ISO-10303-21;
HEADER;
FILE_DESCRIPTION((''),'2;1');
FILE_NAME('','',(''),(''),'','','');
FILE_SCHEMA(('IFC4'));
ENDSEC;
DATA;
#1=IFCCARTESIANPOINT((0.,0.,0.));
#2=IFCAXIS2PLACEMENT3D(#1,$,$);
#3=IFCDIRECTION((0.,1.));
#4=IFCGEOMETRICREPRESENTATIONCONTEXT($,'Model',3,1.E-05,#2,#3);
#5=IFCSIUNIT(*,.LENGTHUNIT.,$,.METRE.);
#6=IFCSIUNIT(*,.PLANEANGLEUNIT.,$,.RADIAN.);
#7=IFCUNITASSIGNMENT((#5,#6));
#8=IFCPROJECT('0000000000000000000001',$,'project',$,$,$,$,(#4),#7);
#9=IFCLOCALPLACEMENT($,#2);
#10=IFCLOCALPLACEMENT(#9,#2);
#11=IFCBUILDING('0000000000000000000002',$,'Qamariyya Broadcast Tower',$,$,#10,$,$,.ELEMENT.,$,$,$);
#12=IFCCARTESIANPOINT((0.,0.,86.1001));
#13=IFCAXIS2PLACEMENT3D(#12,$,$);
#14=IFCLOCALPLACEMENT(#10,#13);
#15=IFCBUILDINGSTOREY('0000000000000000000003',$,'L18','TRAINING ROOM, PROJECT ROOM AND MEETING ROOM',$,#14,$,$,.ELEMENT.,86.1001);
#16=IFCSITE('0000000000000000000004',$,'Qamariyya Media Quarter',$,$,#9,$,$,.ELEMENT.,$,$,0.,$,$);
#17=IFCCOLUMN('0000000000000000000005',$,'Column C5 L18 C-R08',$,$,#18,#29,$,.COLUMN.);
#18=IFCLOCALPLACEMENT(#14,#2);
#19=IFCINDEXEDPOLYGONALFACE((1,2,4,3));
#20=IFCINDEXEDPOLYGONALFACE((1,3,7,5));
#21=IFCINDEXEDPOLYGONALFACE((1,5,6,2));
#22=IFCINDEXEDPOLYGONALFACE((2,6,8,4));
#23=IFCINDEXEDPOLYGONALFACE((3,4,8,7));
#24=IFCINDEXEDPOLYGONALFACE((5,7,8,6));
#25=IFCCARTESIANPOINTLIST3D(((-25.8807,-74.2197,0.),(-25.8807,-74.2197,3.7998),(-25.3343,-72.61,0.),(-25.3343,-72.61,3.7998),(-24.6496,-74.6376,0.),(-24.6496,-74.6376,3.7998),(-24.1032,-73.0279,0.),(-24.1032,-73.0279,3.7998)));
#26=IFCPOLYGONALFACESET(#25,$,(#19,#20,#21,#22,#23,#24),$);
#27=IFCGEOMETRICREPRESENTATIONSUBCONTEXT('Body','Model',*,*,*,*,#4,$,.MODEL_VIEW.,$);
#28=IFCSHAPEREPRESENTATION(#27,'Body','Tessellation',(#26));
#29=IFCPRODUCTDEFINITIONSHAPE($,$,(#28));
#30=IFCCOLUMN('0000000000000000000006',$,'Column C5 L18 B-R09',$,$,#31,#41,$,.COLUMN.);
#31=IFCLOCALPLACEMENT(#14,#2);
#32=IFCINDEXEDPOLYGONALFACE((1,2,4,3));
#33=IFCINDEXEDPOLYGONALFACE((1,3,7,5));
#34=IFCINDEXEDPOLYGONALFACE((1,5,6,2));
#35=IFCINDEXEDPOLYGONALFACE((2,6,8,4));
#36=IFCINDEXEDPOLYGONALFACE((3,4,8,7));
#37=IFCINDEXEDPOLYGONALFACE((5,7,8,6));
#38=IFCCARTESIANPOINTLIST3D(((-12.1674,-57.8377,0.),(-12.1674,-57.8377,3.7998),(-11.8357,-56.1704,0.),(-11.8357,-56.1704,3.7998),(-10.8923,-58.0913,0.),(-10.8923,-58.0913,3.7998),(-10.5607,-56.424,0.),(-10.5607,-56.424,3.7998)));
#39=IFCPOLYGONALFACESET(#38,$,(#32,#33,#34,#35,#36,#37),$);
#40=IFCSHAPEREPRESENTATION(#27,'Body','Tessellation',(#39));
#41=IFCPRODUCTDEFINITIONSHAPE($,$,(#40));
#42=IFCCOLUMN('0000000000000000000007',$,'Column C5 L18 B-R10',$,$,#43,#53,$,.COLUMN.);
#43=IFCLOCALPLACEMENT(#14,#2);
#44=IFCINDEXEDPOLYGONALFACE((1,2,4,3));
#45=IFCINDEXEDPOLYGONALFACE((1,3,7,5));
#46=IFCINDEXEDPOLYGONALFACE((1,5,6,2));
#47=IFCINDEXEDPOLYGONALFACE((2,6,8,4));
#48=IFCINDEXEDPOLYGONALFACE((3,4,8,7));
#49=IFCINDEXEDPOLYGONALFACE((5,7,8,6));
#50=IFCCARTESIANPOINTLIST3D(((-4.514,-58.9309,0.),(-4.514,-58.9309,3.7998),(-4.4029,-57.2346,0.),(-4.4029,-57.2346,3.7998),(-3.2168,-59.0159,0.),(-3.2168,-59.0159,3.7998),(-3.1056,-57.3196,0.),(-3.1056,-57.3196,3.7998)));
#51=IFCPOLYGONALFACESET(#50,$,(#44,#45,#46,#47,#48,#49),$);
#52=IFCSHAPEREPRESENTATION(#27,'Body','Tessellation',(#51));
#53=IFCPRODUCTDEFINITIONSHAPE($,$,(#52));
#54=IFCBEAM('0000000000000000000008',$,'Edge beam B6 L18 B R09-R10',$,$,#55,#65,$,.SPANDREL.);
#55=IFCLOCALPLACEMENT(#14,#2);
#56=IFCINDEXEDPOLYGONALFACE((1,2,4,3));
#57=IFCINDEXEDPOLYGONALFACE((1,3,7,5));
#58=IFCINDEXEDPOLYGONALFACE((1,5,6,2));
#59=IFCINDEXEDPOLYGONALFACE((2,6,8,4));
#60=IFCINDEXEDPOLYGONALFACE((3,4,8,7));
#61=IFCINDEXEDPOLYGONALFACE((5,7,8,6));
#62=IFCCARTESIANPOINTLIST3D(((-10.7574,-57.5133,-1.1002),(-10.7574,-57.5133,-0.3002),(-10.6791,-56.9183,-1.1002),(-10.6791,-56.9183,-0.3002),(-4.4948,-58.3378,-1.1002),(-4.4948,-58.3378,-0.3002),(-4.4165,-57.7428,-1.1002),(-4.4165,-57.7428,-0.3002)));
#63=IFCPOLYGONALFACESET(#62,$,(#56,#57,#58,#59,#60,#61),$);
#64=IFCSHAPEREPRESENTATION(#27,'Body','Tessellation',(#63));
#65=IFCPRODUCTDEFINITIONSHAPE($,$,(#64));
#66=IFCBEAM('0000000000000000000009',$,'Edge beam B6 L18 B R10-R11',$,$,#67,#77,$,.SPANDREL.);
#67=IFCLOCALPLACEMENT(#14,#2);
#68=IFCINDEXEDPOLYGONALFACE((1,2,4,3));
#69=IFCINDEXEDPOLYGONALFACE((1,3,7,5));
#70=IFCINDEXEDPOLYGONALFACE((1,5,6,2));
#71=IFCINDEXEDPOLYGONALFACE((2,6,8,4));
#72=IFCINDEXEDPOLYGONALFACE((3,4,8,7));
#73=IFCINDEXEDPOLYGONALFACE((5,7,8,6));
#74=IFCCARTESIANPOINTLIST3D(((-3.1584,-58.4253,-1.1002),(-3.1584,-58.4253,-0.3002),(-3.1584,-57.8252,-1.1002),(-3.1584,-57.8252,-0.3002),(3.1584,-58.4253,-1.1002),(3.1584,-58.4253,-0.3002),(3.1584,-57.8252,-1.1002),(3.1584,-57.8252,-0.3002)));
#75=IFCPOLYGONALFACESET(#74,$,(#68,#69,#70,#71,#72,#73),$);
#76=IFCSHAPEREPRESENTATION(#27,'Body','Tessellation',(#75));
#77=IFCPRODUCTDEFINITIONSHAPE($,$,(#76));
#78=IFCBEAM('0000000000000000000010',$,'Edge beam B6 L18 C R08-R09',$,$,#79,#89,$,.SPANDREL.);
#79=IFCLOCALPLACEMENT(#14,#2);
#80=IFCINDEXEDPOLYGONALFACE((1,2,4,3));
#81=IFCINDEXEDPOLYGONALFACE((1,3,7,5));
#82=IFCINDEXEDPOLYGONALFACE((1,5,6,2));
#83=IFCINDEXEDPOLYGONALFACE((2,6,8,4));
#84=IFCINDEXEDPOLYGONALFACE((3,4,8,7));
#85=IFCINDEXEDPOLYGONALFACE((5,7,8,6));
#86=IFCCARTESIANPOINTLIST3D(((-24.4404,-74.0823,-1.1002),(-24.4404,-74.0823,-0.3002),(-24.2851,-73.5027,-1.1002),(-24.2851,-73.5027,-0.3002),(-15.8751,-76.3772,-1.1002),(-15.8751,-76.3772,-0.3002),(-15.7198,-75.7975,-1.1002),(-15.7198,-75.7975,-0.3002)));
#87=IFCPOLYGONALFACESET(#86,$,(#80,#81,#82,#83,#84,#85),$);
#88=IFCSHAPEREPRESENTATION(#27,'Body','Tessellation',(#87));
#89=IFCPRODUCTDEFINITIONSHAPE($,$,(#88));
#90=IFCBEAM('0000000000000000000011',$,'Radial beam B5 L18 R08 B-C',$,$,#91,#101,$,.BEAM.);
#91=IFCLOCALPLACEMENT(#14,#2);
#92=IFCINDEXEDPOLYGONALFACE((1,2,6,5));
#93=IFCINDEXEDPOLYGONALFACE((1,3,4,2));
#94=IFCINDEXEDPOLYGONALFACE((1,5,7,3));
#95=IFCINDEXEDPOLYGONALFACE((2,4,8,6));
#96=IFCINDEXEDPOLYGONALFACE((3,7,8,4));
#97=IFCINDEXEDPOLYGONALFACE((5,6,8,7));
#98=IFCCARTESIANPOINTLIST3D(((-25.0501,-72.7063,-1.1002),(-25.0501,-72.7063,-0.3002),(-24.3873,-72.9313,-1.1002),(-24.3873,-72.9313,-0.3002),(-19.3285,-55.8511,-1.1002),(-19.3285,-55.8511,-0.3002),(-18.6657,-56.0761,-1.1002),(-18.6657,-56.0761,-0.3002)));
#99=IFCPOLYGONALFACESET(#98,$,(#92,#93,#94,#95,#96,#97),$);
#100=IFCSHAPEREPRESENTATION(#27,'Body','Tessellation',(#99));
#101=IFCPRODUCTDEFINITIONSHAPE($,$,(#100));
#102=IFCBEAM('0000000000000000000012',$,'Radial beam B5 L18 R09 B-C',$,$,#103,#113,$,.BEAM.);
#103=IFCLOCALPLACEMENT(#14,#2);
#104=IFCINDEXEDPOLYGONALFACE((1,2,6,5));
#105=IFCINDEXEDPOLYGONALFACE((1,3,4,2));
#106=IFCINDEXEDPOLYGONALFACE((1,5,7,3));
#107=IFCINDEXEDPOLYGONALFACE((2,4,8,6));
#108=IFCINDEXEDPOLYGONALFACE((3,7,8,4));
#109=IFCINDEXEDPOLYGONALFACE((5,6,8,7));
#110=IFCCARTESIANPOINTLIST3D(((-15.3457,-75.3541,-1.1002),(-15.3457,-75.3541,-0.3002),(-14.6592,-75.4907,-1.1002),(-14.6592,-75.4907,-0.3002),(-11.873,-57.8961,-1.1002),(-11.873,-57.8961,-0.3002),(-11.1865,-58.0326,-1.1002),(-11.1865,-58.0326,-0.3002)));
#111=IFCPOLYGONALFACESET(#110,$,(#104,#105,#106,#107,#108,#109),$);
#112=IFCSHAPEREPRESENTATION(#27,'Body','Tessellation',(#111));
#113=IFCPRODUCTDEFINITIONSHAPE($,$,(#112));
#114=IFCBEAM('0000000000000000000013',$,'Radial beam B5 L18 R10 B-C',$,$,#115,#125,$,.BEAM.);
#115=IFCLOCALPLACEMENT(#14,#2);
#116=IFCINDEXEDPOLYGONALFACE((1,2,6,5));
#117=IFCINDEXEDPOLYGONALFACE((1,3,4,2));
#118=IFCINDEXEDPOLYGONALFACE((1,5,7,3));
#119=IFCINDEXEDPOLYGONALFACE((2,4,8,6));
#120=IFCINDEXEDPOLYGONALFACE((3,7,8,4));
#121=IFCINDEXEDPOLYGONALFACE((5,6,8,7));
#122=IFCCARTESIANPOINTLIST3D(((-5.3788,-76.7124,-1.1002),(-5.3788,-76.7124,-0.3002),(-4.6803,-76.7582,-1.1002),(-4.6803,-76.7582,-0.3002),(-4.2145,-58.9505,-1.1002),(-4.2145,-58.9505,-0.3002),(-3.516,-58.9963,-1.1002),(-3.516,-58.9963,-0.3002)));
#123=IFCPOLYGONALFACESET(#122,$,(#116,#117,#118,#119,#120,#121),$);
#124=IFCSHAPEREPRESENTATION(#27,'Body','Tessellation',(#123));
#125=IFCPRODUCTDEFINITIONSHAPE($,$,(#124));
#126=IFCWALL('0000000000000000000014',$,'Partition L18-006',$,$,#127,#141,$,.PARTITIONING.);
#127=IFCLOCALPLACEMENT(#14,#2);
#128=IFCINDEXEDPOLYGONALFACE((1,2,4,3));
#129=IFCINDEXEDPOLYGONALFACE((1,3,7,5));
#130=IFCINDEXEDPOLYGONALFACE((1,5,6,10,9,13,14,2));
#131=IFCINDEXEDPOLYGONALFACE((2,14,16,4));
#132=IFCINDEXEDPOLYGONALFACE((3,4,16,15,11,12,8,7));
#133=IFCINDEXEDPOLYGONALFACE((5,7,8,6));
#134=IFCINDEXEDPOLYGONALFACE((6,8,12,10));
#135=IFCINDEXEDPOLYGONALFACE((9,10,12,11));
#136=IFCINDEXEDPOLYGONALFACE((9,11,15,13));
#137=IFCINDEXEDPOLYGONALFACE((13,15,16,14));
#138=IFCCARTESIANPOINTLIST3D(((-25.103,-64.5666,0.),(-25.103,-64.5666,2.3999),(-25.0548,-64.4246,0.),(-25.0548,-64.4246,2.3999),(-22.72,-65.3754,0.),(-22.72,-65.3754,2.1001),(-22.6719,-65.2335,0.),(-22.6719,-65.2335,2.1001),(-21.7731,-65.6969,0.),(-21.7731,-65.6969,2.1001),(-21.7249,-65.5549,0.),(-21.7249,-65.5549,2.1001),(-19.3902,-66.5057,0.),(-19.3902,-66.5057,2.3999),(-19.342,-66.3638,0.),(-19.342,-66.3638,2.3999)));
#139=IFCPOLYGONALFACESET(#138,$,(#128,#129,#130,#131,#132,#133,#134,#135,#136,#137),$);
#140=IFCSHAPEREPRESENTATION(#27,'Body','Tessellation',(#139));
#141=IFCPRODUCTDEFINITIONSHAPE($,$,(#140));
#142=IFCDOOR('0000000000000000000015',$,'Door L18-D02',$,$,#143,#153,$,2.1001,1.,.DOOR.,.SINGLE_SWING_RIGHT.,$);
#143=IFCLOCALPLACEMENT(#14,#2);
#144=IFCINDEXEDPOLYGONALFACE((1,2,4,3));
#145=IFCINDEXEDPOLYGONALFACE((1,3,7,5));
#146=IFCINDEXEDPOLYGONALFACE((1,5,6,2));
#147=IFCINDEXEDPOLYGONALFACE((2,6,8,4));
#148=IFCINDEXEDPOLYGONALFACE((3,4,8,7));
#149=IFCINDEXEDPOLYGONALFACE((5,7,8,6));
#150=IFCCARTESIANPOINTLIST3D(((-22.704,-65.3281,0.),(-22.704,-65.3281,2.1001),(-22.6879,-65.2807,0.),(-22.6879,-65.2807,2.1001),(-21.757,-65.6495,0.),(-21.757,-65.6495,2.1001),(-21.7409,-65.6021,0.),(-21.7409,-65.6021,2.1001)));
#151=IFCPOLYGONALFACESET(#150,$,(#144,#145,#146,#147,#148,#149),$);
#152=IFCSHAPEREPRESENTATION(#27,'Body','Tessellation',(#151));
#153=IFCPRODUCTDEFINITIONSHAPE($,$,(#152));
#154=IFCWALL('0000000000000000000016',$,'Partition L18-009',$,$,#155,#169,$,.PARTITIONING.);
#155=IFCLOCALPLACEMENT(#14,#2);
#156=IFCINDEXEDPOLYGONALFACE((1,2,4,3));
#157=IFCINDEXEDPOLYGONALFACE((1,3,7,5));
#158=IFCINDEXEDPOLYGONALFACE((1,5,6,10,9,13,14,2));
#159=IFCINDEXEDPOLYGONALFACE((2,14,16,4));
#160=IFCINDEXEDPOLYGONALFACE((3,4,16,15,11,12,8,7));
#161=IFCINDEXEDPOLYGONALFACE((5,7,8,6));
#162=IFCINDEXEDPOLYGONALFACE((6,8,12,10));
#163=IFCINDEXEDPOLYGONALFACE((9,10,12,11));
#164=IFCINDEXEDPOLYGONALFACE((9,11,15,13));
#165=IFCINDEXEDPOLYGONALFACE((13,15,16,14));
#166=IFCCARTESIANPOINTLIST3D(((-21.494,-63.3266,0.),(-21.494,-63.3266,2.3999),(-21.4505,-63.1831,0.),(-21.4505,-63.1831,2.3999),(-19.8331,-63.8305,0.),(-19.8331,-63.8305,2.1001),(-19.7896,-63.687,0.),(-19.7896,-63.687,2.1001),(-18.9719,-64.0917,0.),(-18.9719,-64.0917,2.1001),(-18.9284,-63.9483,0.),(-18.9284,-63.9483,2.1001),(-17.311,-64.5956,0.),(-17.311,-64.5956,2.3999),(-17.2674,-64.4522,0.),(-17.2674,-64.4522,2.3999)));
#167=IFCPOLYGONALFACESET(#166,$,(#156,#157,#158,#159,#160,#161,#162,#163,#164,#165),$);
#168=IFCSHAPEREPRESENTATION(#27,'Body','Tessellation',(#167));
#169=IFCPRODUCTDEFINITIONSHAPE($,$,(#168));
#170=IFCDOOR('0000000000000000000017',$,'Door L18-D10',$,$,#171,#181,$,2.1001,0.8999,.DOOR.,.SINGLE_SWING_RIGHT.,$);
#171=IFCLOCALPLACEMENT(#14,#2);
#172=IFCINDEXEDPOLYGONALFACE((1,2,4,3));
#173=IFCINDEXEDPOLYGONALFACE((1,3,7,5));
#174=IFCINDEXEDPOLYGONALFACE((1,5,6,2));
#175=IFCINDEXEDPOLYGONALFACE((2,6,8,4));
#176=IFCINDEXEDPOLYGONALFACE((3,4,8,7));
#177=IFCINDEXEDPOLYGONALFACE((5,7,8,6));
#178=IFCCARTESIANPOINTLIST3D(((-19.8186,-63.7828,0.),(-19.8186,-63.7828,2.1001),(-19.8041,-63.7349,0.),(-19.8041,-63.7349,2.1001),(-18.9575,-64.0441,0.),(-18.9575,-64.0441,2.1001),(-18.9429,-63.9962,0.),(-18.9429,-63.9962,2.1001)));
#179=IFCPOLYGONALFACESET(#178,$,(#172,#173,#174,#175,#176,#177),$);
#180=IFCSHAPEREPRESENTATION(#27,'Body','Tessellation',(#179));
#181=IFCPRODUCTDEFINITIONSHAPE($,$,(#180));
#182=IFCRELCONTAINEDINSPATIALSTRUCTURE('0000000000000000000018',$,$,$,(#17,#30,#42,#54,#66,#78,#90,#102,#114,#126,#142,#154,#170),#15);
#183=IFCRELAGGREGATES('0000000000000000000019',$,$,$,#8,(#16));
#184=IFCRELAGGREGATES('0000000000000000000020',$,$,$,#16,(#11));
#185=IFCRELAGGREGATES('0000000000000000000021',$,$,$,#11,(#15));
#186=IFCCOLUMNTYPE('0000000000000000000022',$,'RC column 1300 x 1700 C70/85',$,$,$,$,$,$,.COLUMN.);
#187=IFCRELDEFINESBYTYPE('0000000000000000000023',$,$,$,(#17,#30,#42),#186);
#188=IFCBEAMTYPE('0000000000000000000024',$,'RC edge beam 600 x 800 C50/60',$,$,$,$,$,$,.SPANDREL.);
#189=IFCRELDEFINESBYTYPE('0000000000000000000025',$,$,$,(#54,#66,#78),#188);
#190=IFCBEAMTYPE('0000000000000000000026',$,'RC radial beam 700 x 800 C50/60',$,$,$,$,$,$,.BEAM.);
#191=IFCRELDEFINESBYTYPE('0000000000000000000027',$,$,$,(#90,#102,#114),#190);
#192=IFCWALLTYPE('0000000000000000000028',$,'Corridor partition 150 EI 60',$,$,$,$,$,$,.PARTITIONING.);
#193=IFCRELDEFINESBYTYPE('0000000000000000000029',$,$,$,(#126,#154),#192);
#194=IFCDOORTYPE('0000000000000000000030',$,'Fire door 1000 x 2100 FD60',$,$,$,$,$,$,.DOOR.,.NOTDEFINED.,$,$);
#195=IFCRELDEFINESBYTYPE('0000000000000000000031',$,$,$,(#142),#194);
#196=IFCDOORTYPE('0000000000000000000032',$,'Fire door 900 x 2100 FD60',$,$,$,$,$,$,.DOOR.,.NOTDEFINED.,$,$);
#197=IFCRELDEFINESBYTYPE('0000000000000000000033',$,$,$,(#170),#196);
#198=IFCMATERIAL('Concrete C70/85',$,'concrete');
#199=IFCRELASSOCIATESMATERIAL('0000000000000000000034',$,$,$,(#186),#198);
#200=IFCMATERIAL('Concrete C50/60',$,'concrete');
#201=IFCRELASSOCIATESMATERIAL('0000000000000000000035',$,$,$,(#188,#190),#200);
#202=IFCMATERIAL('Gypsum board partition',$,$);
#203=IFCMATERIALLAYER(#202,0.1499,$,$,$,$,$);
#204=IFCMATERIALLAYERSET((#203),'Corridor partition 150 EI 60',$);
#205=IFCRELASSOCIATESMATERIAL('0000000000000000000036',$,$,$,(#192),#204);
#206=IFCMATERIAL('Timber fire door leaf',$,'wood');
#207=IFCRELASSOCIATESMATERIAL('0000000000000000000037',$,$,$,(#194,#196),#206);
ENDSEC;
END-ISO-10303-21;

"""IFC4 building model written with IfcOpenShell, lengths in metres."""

from ifc_helpers import new_model, si_unit, direction, frame, frame_2d, origin, origin_2d, place, context, subcontext, project, spatial, rectangle, extrude, material, layer, layer_set, material_profile, profile_set, type_object, element, fill, save


model = new_model("IFC4")

# Units and contexts
model_context = context("Model", 3, precision=1e-05, world=origin(), true_north=direction((0.0, 1.0)))
body_context = subcontext(model_context, "Body", "Model", "MODEL_VIEW")
ifc_project = project(units=[si_unit("LENGTHUNIT", "METRE"), si_unit("PLANEANGLEUNIT", "RADIAN")], contexts=[model_context])

# Site, building, storey
site_placement = place(None, origin())
site = spatial("IfcSite", under=ifc_project, at=site_placement, Name="Qamariyya Media Quarter", CompositionType="ELEMENT", RefElevation=0.0)
building_placement = place(site_placement, origin())
building = spatial("IfcBuilding", under=site, at=building_placement, Name="Qamariyya Broadcast Tower", CompositionType="ELEMENT")
storey_placement = place(building_placement, frame((0.0, 0.0, 86.1001)))
storey = spatial("IfcBuildingStorey", under=building, at=storey_placement, Name="L18", Description="TRAINING ROOM, PROJECT ROOM AND MEETING ROOM", CompositionType="ELEMENT", Elevation=86.1001)

# Columns
ifc_material_1 = material(Name="Concrete C70/85", Category="concrete")
ifc_material_profile_1 = material_profile(ifc_material_1, rectangle(XDim=1.3, YDim=1.7, at=origin_2d()))
ifc_profile_set_1 = profile_set([ifc_material_profile_1], Name="Concrete C70/85")
column_type = type_object("IfcColumnType", Name="RC column 1300 x 1700 C70/85", PredefinedType="COLUMN", material=ifc_profile_set_1)
for number, where, z_axis, x_axis, name in (
    (1, (-24.9919, -73.6238, 0.0), (0.0, 0.0, 1.0), (0.94693, -0.321439, 0.0), "Column C5 L18 C-R08"),
    (2, (-11.364, -57.1309, 0.0), (0.0, 0.0, 1.0), (0.980785, -0.19509, 0.0), "Column C5 L18 B-R09"),
    (3, (-3.8098, -58.1252, 0.0), (0.0, 0.0, 1.0), (0.997859, -0.065403, 0.0), "Column C5 L18 B-R10"),
):
    element("IfcColumn", number, at=place(storey_placement, frame(where, z_axis=z_axis, x_axis=x_axis)), inside=storey, type_object=column_type, Name=name, PredefinedType="COLUMN", context=body_context, shape_type="SweptSolid", body=[
        extrude(rectangle(XDim=1.3, YDim=1.7, at=origin_2d()), origin(), (0.0, 0.0, 1.0), 3.7998),
    ])

# Beams
ifc_material_2 = material(Name="Concrete C50/60", Category="concrete")
ifc_material_profile_2 = material_profile(ifc_material_2, rectangle(XDim=0.6001, YDim=0.8, at=origin_2d()))
ifc_profile_set_2 = profile_set([ifc_material_profile_2], Name="Concrete C50/60")
beam_type_1 = type_object("IfcBeamType", Name="RC edge beam 600 x 800 C50/60", PredefinedType="SPANDREL", material=ifc_profile_set_2)
beam_1_placement = place(storey_placement, frame((-10.7183, -57.2158, -0.7002), z_axis=(0.991446, -0.13052, 0.0), x_axis=(0.13052, 0.991446, 0.0)))
element("IfcBeam", 4, at=beam_1_placement, inside=storey, type_object=beam_type_1, Name="Edge beam B6 L18 B R09-R10", PredefinedType="SPANDREL", context=body_context, shape_type="SweptSolid", body=[
    extrude(rectangle(XDim=0.6001, YDim=0.8, at=origin_2d()), origin(), (0.0, 0.0, 1.0), 6.3167),
])
beam_2_placement = place(storey_placement, frame((-3.1584, -58.1252, -0.7002), z_axis=(1.0, 0.0, 0.0), x_axis=(0.0, 1.0, 0.0)))
element("IfcBeam", 5, at=beam_2_placement, inside=storey, type_object=beam_type_1, Name="Edge beam B6 L18 B R10-R11", PredefinedType="SPANDREL", context=body_context, shape_type="SweptSolid", body=[
    extrude(rectangle(XDim=0.6001, YDim=0.8, at=origin_2d()), origin(), (0.0, 0.0, 1.0), 6.3169),
])
beam_3_placement = place(storey_placement, frame((-24.3628, -73.7925, -0.7002), z_axis=(0.965931, -0.2588, 0.0), x_axis=(0.2588, 0.965931, 0.0)))
element("IfcBeam", 6, at=beam_3_placement, inside=storey, type_object=beam_type_1, Name="Edge beam B6 L18 C R08-R09", PredefinedType="SPANDREL", context=body_context, shape_type="SweptSolid", body=[
    extrude(rectangle(XDim=0.6001, YDim=0.8, at=origin_2d()), origin(), (0.0, 0.0, 1.0), 8.8674),
])
ifc_material_profile_3 = material_profile(ifc_material_2, rectangle(XDim=0.7, YDim=0.8, at=origin_2d()))
ifc_profile_set_3 = profile_set([ifc_material_profile_3], Name="Concrete C50/60")
beam_type_2 = type_object("IfcBeamType", Name="RC radial beam 700 x 800 C50/60", PredefinedType="BEAM", material=ifc_profile_set_3)
beam_4_placement = place(storey_placement, frame((-18.9971, -55.9636, -0.7002), z_axis=(-0.321445, -0.946928, 0.0), x_axis=(0.946928, -0.321445, 0.0)))
element("IfcBeam", 7, at=beam_4_placement, inside=storey, type_object=beam_type_2, Name="Radial beam B5 L18 R08 B-C", PredefinedType="BEAM", context=body_context, shape_type="SweptSolid", body=[
    extrude(rectangle(XDim=0.7, YDim=0.8, at=origin_2d()), origin(), (0.0, 0.0, 1.0), 17.7998),
])
for number, where, z_axis, x_axis, name in (
    (8, (-11.5298, -57.9644, -0.7002), (-0.195093, -0.980785, 0.0), (0.980785, -0.195093, 0.0), "Radial beam B5 L18 R09 B-C"),
    (9, (-3.8652, -58.9734, -0.7002), (-0.06541, -0.997858, 0.0), (0.997858, -0.06541, 0.0), "Radial beam B5 L18 R10 B-C"),
):
    element("IfcBeam", number, at=place(storey_placement, frame(where, z_axis=z_axis, x_axis=x_axis)), inside=storey, type_object=beam_type_2, Name=name, PredefinedType="BEAM", context=body_context, shape_type="SweptSolid", body=[
        extrude(rectangle(XDim=0.7, YDim=0.8, at=origin_2d()), origin(), (0.0, 0.0, 1.0), 17.8),
    ])

# Walls, openings, doors
ifc_material_3 = material(Name="Gypsum board partition")
ifc_layer_1 = layer(ifc_material_3, 0.1499)
ifc_layer_set_1 = layer_set([ifc_layer_1], Name="Corridor partition 150 EI 60")
wall_type_1 = type_object("IfcWallType", Name="Corridor partition 150 EI 60", PredefinedType="PARTITIONING", material=ifc_layer_set_1)
wall_1_placement = place(storey_placement, frame((-19.366, -66.4348, 0.0), z_axis=(0.0, 0.0, 1.0), x_axis=(-0.946933, 0.321431, 0.0)))
wall_1 = element("IfcWall", 10, at=wall_1_placement, inside=storey, type_object=wall_type_1, Name="Partition L18-006", PredefinedType="PARTITIONING", context=body_context, shape_type="SweptSolid", body=[
    extrude(rectangle(XDim=6.033, YDim=0.1499, at=frame_2d((3.0166, 0.0))), origin(), (0.0, 0.0, 1.0), 2.3999),
])
opening_1_placement = place(wall_1_placement, frame((2.5166, 0.0, 0.0)))
opening_1 = element("IfcOpeningElement", 11, at=opening_1_placement, cuts=wall_1, PredefinedType="OPENING", context=body_context, shape_type="SweptSolid", body=[
    extrude(rectangle(XDim=1.0, YDim=2.1001, at=frame_2d((0.5, 1.05))), frame((0.0, 0.085, 0.0), z_axis=(0.0, -1.0, 0.0), x_axis=(1.0, 0.0, 0.0)), (0.0, 0.0, 1.0), 0.1699),
])
ifc_material_4 = material(Name="Timber fire door leaf", Category="wood")
door_type_1 = type_object("IfcDoorType", Name="Fire door 1000 x 2100 FD60", OperationType="NOTDEFINED", PredefinedType="DOOR", material=ifc_material_4)
door_1_placement = place(opening_1_placement, origin())
door_1 = element("IfcDoor", 12, at=door_1_placement, inside=storey, type_object=door_type_1, Name="Door L18-D02", OperationType="SINGLE_SWING_RIGHT", OverallHeight=2.1001, OverallWidth=1.0, PredefinedType="DOOR", context=body_context, shape_type="SweptSolid", body=[
    extrude(rectangle(XDim=1.0, YDim=2.1001, at=frame_2d((0.5, 1.05))), frame((0.0, 0.0249, 0.0), z_axis=(0.0, -1.0, 0.0), x_axis=(1.0, 0.0, 0.0)), (0.0, 0.0, 1.0), 0.05),
])
fill(opening_1, door_1)
wall_2_placement = place(storey_placement, frame((-21.4722, -63.2549, 0.0), z_axis=(0.0, 0.0, 1.0), x_axis=(0.956933, -0.290308, 0.0)))
wall_2 = element("IfcWall", 13, at=wall_2_placement, inside=storey, type_object=wall_type_1, Name="Partition L18-009", PredefinedType="PARTITIONING", context=body_context, shape_type="SweptSolid", body=[
    extrude(rectangle(XDim=4.3713, YDim=0.1499, at=frame_2d((2.1855, 0.0))), origin(), (0.0, 0.0, 1.0), 2.3999),
])
opening_2_placement = place(wall_2_placement, frame((1.7356, 0.0, 0.0)))
opening_2 = element("IfcOpeningElement", 14, at=opening_2_placement, cuts=wall_2, PredefinedType="OPENING", context=body_context, shape_type="SweptSolid", body=[
    extrude(rectangle(XDim=0.8999, YDim=2.1001, at=frame_2d((0.45, 1.05))), frame((0.0, 0.085, 0.0), z_axis=(0.0, -1.0, 0.0), x_axis=(1.0, 0.0, 0.0)), (0.0, 0.0, 1.0), 0.1699),
])
door_type_2 = type_object("IfcDoorType", Name="Fire door 900 x 2100 FD60", OperationType="NOTDEFINED", PredefinedType="DOOR", material=ifc_material_4)
door_2_placement = place(opening_2_placement, origin())
door_2 = element("IfcDoor", 15, at=door_2_placement, inside=storey, type_object=door_type_2, Name="Door L18-D10", OperationType="SINGLE_SWING_RIGHT", OverallHeight=2.1001, OverallWidth=0.8999, PredefinedType="DOOR", context=body_context, shape_type="SweptSolid", body=[
    extrude(rectangle(XDim=0.8999, YDim=2.1001, at=frame_2d((0.45, 1.05))), frame((0.0, 0.0249, 0.0), z_axis=(0.0, -1.0, 0.0), x_axis=(1.0, 0.0, 0.0)), (0.0, 0.0, 1.0), 0.05),
])
fill(opening_2, door_2)

save(model, "model.ifc")
